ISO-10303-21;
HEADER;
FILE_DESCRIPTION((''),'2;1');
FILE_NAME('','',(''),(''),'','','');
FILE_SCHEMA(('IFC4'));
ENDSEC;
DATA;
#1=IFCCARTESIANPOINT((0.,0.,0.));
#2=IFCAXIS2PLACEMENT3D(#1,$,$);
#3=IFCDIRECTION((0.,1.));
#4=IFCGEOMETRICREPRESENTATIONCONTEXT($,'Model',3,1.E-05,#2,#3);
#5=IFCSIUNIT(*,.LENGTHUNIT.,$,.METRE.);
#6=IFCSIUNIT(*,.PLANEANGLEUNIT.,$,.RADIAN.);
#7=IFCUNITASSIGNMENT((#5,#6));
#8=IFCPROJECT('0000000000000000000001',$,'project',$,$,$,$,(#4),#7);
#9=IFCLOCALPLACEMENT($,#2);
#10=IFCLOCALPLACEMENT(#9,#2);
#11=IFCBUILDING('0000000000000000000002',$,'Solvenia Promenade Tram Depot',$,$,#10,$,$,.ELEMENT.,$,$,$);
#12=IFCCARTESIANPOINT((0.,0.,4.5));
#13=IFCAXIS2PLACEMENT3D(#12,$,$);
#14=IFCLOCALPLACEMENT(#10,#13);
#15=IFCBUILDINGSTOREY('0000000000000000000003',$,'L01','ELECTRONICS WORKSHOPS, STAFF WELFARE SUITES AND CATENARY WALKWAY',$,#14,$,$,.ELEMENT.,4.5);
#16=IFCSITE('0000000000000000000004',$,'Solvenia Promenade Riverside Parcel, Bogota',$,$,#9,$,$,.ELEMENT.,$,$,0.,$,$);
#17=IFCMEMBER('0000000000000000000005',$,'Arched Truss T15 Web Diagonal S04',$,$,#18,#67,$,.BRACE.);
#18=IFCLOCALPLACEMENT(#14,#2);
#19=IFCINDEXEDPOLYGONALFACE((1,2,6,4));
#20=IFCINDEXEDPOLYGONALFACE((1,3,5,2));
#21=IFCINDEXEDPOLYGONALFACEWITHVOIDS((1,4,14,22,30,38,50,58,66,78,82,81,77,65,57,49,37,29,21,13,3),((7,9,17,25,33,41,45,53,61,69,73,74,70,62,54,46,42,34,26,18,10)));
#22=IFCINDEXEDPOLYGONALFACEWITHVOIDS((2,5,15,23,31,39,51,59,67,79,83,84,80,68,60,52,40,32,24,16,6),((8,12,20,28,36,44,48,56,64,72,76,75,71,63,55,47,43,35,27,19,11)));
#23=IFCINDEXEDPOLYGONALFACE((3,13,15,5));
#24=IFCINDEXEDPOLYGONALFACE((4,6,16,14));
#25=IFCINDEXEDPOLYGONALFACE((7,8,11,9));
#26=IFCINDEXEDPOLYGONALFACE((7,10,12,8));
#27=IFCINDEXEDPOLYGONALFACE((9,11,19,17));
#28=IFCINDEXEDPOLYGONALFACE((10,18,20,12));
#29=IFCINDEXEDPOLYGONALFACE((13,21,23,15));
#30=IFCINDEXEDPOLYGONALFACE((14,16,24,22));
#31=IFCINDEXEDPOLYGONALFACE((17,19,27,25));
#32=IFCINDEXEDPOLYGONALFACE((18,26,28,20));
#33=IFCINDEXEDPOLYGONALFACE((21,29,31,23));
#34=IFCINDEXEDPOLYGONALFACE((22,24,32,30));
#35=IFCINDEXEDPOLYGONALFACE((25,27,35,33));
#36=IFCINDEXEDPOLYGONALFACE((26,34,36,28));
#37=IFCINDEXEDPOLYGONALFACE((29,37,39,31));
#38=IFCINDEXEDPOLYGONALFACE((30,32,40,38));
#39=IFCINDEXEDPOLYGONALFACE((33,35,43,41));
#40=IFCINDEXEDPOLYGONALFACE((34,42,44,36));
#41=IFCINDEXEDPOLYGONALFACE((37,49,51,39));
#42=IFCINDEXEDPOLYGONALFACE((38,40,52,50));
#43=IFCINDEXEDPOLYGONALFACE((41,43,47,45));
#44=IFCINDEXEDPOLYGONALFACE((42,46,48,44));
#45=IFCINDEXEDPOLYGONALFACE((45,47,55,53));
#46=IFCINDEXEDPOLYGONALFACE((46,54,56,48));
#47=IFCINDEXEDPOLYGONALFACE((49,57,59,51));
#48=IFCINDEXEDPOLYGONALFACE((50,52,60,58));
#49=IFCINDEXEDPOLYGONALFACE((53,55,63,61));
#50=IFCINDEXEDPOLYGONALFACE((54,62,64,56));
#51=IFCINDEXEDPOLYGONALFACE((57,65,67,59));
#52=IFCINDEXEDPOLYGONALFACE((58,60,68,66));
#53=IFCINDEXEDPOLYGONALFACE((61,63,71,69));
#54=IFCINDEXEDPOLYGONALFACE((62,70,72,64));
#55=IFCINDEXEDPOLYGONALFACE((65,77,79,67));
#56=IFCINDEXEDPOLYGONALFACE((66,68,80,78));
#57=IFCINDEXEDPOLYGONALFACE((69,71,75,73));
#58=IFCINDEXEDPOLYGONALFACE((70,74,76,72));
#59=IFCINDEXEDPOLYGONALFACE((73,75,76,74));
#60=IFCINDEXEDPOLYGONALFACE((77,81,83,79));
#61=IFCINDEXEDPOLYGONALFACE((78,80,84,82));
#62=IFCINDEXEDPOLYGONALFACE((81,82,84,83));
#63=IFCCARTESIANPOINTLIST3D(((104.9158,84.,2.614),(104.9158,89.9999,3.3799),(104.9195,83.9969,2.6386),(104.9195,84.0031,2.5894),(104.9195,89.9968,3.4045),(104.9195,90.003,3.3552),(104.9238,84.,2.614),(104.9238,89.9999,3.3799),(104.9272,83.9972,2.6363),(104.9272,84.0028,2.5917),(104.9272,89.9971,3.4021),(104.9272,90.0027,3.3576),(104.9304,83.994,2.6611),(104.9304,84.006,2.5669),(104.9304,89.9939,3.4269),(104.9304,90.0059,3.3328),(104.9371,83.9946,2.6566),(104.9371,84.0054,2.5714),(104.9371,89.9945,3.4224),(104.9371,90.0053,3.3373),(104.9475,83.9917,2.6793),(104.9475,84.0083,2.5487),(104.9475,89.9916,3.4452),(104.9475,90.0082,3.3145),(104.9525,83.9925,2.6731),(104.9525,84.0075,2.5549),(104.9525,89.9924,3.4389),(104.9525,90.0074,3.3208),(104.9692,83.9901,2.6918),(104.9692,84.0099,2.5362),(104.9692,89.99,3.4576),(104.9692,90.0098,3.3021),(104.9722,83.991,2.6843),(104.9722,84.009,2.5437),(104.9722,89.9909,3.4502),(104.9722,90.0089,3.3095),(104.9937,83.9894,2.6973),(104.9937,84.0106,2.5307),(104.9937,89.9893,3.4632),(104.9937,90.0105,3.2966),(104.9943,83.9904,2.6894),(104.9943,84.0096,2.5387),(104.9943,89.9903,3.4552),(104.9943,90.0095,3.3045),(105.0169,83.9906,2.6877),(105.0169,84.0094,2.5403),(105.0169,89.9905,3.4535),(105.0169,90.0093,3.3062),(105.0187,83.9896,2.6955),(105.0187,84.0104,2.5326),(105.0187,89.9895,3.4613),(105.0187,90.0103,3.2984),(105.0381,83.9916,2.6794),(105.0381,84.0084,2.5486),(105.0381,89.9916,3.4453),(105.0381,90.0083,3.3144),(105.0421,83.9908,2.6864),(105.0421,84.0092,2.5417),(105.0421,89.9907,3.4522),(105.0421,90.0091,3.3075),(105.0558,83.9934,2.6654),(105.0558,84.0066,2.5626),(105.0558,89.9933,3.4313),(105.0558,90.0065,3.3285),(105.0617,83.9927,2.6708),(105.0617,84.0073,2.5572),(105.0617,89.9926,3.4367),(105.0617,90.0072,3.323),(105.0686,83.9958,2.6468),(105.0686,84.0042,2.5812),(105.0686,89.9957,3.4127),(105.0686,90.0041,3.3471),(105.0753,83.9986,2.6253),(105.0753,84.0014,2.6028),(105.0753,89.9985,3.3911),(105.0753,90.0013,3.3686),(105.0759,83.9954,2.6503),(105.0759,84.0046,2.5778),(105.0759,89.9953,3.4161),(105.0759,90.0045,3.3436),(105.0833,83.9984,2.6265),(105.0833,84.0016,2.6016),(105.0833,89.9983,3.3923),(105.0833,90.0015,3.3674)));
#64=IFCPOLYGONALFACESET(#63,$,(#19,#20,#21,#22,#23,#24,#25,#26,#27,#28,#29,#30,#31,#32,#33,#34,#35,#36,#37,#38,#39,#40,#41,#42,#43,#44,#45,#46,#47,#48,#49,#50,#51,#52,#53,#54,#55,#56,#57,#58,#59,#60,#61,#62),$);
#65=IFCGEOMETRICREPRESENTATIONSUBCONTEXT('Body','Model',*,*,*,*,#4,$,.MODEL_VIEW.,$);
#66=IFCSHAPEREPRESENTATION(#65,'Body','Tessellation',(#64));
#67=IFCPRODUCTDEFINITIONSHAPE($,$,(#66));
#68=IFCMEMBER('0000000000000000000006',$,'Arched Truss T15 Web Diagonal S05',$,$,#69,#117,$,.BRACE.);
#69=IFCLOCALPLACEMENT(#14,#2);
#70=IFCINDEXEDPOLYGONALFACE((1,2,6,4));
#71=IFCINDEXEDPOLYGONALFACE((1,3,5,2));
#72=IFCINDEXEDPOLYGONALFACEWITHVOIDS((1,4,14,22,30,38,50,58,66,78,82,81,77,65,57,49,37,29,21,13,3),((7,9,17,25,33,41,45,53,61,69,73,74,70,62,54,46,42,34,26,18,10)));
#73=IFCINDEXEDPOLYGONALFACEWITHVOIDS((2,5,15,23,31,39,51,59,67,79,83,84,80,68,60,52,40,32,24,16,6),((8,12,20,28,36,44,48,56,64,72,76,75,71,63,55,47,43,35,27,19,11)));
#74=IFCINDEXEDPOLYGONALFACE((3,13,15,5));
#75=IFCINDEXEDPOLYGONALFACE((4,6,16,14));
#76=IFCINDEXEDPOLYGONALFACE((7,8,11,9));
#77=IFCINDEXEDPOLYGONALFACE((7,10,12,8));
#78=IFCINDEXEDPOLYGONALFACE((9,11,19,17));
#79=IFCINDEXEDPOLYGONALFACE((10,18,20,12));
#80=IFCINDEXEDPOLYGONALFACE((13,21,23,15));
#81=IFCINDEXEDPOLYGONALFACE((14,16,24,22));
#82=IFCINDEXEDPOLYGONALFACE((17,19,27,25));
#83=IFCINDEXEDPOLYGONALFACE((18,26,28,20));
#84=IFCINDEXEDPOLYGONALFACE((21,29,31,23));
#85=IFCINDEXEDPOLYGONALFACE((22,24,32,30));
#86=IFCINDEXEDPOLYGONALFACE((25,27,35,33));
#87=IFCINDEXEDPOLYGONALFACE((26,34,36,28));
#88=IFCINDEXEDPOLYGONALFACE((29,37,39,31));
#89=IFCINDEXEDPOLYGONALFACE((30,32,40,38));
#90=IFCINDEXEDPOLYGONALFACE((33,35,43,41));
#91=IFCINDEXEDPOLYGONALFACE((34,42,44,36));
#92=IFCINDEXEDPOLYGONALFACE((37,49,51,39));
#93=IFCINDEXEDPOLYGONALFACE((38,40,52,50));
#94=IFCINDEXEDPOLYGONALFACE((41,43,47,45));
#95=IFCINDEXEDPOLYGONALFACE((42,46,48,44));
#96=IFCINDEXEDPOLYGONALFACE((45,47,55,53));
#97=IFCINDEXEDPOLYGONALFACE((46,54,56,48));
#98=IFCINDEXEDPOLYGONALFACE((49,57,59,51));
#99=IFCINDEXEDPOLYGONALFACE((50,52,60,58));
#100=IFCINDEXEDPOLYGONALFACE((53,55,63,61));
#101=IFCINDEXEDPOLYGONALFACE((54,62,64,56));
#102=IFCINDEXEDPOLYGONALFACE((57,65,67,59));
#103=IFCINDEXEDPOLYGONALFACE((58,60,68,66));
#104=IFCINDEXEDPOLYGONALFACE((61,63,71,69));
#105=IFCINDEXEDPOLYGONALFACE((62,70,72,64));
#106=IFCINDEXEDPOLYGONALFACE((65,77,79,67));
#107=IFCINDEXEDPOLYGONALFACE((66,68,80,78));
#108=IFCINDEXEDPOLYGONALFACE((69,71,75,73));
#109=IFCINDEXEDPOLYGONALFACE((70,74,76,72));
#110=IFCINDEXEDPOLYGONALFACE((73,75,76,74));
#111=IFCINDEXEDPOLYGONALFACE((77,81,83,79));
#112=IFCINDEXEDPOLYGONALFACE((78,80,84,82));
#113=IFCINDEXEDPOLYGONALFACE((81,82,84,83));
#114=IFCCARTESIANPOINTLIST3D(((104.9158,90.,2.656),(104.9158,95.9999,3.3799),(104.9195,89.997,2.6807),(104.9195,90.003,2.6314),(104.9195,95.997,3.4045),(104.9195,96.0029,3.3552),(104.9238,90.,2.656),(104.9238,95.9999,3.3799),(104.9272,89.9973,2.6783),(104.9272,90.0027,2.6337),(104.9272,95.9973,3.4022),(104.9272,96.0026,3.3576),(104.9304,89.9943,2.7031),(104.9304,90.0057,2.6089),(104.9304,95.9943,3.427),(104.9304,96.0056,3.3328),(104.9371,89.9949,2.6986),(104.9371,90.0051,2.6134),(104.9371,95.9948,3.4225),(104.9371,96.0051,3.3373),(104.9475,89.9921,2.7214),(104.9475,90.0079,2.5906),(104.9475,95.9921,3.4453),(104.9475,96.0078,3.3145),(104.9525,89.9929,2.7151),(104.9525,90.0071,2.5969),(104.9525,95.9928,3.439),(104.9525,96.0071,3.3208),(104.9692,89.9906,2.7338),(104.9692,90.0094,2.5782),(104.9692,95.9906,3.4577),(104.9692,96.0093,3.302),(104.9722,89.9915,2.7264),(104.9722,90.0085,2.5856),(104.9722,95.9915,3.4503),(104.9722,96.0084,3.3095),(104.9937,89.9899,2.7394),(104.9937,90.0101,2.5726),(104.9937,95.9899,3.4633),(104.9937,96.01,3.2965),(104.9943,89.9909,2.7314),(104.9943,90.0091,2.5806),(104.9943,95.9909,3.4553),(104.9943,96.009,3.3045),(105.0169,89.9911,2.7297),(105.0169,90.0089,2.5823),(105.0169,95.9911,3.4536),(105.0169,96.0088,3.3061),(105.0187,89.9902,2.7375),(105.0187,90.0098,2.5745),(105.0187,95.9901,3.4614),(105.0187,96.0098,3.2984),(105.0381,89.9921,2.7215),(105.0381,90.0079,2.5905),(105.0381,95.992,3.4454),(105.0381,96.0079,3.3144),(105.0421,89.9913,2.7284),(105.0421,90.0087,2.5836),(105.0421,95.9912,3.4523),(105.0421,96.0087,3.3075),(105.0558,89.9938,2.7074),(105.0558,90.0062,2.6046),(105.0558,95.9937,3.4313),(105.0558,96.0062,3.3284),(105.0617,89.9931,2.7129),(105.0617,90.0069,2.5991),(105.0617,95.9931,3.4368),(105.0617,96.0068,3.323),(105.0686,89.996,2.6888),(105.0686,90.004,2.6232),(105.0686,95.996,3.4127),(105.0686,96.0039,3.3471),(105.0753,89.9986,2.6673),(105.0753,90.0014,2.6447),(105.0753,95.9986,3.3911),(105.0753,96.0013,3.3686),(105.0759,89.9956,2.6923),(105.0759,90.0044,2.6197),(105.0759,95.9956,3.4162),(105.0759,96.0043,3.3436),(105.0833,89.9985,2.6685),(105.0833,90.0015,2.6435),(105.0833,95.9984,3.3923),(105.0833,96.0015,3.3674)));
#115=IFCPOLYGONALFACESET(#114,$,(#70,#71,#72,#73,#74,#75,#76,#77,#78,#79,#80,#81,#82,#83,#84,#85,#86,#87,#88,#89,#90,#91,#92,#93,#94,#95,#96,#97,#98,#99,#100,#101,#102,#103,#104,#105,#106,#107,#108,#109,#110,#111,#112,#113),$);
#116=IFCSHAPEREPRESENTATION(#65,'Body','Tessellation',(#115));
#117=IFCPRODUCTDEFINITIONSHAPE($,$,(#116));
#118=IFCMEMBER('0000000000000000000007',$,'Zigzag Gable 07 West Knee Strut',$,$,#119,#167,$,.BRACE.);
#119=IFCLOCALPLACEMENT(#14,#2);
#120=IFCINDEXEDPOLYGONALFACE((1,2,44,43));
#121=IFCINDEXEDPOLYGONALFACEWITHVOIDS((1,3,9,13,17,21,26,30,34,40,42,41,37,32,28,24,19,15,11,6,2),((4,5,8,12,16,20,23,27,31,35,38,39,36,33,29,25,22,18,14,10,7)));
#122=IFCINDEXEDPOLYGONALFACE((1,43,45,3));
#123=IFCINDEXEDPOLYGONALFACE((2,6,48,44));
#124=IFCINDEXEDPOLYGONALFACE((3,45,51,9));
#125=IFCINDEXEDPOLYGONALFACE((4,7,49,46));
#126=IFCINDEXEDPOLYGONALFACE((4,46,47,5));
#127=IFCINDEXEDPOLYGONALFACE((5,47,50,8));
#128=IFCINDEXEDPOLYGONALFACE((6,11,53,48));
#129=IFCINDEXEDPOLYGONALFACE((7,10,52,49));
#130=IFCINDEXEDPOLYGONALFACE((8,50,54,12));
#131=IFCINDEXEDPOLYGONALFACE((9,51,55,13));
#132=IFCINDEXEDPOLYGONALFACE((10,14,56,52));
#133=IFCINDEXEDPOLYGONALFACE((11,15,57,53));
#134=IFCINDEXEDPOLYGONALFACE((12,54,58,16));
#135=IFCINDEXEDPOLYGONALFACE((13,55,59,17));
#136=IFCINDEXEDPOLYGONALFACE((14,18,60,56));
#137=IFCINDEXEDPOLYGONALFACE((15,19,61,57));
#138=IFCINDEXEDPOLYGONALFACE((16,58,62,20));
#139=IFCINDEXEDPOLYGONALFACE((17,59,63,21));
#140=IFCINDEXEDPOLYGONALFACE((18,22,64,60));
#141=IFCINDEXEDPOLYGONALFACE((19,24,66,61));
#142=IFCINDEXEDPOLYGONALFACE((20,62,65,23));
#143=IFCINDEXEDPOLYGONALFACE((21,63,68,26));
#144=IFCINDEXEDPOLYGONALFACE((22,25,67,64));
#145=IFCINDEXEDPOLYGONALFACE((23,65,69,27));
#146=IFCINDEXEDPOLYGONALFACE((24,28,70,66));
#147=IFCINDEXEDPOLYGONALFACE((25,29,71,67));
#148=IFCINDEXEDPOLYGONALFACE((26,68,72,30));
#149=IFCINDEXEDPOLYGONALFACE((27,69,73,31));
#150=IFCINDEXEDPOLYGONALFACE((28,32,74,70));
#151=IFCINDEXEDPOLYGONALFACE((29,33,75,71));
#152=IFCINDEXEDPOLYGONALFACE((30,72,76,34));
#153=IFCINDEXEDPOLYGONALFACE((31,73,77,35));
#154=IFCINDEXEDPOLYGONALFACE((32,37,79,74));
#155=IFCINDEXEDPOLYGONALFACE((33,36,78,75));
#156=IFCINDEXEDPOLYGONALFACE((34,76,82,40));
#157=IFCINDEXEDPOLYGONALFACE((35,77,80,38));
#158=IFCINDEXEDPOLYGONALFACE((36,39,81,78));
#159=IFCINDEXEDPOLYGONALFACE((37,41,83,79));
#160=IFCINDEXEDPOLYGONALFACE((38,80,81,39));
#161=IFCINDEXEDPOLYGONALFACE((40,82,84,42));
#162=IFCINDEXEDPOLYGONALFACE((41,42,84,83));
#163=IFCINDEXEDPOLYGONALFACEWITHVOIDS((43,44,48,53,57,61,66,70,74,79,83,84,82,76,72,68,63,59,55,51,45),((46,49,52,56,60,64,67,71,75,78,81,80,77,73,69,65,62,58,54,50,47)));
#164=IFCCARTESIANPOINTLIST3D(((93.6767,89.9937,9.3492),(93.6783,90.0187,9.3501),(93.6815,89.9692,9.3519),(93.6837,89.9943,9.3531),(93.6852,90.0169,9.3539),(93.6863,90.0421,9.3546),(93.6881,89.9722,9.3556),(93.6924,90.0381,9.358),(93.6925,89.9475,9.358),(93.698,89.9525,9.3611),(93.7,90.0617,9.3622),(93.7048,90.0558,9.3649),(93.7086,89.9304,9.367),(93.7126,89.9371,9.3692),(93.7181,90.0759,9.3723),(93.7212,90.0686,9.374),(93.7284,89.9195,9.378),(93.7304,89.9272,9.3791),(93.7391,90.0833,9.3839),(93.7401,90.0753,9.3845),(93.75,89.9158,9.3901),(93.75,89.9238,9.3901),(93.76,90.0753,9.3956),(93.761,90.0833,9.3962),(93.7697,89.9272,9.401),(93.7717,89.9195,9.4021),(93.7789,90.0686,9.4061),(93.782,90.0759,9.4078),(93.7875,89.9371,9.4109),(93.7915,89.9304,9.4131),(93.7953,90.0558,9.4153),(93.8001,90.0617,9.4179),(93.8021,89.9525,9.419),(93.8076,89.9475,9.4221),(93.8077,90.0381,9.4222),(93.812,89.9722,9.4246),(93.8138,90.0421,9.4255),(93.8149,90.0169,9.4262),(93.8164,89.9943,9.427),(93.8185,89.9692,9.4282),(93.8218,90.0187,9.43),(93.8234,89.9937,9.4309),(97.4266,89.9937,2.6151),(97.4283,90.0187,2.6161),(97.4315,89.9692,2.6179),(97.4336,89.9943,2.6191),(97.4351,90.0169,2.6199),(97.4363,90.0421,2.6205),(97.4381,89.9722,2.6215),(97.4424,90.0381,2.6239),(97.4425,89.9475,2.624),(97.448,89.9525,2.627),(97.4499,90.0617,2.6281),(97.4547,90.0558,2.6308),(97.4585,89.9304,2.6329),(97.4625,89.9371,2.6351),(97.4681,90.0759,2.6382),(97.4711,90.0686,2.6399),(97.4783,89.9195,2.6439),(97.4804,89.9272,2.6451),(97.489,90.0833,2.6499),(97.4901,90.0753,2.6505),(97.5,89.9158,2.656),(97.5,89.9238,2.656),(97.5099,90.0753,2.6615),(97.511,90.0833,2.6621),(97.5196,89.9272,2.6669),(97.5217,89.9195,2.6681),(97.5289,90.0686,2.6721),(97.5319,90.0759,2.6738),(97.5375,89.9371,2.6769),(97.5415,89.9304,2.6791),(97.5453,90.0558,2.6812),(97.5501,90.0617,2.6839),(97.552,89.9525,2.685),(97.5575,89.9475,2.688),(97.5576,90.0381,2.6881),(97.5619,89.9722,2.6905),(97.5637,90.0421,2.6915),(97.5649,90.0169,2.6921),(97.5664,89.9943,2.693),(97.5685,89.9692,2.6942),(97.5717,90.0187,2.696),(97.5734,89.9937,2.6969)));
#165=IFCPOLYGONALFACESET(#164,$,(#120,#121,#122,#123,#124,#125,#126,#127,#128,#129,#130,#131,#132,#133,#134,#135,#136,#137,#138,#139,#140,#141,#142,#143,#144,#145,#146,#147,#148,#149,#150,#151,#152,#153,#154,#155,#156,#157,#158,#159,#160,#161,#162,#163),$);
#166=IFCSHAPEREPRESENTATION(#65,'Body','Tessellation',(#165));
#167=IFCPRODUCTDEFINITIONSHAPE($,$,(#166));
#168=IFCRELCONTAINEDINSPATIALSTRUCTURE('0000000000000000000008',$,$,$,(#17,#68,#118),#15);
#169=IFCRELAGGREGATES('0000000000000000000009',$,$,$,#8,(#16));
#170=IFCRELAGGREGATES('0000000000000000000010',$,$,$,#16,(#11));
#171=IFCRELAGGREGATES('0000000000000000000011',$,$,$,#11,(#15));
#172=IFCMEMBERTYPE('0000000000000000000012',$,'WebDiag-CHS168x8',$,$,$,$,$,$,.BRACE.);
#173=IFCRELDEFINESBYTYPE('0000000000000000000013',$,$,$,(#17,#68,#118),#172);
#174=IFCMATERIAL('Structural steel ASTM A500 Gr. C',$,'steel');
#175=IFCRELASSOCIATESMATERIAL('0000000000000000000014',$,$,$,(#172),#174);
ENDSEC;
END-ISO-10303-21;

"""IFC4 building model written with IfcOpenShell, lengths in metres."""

from ifc_helpers import new_model, si_unit, direction, frame, origin, origin_2d, place, context, subcontext, project, spatial, hollow_circle, extrude, material, material_profile, profile_set, type_object, element, save


model = new_model("IFC4")

# Units and contexts
model_context = context("Model", 3, precision=1e-05, world=origin(), true_north=direction((0.0, 1.0)))
body_context = subcontext(model_context, "Body", "Model", "MODEL_VIEW")
ifc_project = project(units=[si_unit("LENGTHUNIT", "METRE"), si_unit("PLANEANGLEUNIT", "RADIAN")], contexts=[model_context])

# Site, building, storey
site_placement = place(None, origin())
site = spatial("IfcSite", under=ifc_project, at=site_placement, Name="Solvenia Promenade Riverside Parcel, Bogota", CompositionType="ELEMENT", RefElevation=0.0)
building_placement = place(site_placement, origin())
building = spatial("IfcBuilding", under=site, at=building_placement, Name="Solvenia Promenade Tram Depot", CompositionType="ELEMENT")
storey_placement = place(building_placement, frame((0.0, 0.0, 4.5)))
storey = spatial("IfcBuildingStorey", under=building, at=storey_placement, Name="L01", Description="ELECTRONICS WORKSHOPS, STAFF WELFARE SUITES AND CATENARY WALKWAY", CompositionType="ELEMENT", Elevation=4.5)

# Shared definitions
ifc_material_1 = material(Name="Structural steel ASTM A500 Gr. C", Category="steel")

# Members
ifc_material_profile_1 = material_profile(ifc_material_1, hollow_circle(Radius=0.0842, WallThickness=0.0081, at=origin_2d()), Name="CHS168.3x8", Category="steel")
ifc_profile_set_1 = profile_set([ifc_material_profile_1], Name="Structural steel ASTM A500 Gr. C")
member_type_1 = type_object("IfcMemberType", Name="WebDiag-CHS168x8", PredefinedType="BRACE", material=ifc_profile_set_1)
member_1_placement = place(storey_placement, frame((105.0, 84.0, 2.614), z_axis=(0.0, 0.991952, 0.126618), x_axis=(-1.0, 0.0, 0.0)))
element("IfcMember", 1, at=member_1_placement, inside=storey, type_object=member_type_1, Name="Arched Truss T15 Web Diagonal S04", PredefinedType="BRACE", context=body_context, shape_type="SweptSolid", body=[
    extrude(hollow_circle(Radius=0.0842, WallThickness=0.0081, at=origin_2d()), origin(), (0.0, 0.0, 1.0), 6.0486),
])
member_2_placement = place(storey_placement, frame((105.0, 90.0, 2.656), z_axis=(0.0, 0.992801, 0.119778), x_axis=(-1.0, 0.0, 0.0)))
element("IfcMember", 2, at=member_2_placement, inside=storey, type_object=member_type_1, Name="Arched Truss T15 Web Diagonal S05", PredefinedType="BRACE", context=body_context, shape_type="SweptSolid", body=[
    extrude(hollow_circle(Radius=0.0842, WallThickness=0.0081, at=origin_2d()), origin(), (0.0, 0.0, 1.0), 6.0435),
])
for number, where, z_axis, x_axis, name in (
    (3, (97.5, 90.0, 2.656), (-0.486517, 0.0, 0.873671), (0.0, -1.0, 0.0), "Zigzag Gable 07 West Knee Strut"),
):
    element("IfcMember", number, at=place(storey_placement, frame(where, z_axis=z_axis, x_axis=x_axis)), inside=storey, type_object=member_type_1, Name=name, PredefinedType="BRACE", context=body_context, shape_type="SweptSolid", body=[
        extrude(hollow_circle(Radius=0.0842, WallThickness=0.0081, at=origin_2d()), origin(), (0.0, 0.0, 1.0), 7.7078),
    ])

save(model, "model.ifc")
